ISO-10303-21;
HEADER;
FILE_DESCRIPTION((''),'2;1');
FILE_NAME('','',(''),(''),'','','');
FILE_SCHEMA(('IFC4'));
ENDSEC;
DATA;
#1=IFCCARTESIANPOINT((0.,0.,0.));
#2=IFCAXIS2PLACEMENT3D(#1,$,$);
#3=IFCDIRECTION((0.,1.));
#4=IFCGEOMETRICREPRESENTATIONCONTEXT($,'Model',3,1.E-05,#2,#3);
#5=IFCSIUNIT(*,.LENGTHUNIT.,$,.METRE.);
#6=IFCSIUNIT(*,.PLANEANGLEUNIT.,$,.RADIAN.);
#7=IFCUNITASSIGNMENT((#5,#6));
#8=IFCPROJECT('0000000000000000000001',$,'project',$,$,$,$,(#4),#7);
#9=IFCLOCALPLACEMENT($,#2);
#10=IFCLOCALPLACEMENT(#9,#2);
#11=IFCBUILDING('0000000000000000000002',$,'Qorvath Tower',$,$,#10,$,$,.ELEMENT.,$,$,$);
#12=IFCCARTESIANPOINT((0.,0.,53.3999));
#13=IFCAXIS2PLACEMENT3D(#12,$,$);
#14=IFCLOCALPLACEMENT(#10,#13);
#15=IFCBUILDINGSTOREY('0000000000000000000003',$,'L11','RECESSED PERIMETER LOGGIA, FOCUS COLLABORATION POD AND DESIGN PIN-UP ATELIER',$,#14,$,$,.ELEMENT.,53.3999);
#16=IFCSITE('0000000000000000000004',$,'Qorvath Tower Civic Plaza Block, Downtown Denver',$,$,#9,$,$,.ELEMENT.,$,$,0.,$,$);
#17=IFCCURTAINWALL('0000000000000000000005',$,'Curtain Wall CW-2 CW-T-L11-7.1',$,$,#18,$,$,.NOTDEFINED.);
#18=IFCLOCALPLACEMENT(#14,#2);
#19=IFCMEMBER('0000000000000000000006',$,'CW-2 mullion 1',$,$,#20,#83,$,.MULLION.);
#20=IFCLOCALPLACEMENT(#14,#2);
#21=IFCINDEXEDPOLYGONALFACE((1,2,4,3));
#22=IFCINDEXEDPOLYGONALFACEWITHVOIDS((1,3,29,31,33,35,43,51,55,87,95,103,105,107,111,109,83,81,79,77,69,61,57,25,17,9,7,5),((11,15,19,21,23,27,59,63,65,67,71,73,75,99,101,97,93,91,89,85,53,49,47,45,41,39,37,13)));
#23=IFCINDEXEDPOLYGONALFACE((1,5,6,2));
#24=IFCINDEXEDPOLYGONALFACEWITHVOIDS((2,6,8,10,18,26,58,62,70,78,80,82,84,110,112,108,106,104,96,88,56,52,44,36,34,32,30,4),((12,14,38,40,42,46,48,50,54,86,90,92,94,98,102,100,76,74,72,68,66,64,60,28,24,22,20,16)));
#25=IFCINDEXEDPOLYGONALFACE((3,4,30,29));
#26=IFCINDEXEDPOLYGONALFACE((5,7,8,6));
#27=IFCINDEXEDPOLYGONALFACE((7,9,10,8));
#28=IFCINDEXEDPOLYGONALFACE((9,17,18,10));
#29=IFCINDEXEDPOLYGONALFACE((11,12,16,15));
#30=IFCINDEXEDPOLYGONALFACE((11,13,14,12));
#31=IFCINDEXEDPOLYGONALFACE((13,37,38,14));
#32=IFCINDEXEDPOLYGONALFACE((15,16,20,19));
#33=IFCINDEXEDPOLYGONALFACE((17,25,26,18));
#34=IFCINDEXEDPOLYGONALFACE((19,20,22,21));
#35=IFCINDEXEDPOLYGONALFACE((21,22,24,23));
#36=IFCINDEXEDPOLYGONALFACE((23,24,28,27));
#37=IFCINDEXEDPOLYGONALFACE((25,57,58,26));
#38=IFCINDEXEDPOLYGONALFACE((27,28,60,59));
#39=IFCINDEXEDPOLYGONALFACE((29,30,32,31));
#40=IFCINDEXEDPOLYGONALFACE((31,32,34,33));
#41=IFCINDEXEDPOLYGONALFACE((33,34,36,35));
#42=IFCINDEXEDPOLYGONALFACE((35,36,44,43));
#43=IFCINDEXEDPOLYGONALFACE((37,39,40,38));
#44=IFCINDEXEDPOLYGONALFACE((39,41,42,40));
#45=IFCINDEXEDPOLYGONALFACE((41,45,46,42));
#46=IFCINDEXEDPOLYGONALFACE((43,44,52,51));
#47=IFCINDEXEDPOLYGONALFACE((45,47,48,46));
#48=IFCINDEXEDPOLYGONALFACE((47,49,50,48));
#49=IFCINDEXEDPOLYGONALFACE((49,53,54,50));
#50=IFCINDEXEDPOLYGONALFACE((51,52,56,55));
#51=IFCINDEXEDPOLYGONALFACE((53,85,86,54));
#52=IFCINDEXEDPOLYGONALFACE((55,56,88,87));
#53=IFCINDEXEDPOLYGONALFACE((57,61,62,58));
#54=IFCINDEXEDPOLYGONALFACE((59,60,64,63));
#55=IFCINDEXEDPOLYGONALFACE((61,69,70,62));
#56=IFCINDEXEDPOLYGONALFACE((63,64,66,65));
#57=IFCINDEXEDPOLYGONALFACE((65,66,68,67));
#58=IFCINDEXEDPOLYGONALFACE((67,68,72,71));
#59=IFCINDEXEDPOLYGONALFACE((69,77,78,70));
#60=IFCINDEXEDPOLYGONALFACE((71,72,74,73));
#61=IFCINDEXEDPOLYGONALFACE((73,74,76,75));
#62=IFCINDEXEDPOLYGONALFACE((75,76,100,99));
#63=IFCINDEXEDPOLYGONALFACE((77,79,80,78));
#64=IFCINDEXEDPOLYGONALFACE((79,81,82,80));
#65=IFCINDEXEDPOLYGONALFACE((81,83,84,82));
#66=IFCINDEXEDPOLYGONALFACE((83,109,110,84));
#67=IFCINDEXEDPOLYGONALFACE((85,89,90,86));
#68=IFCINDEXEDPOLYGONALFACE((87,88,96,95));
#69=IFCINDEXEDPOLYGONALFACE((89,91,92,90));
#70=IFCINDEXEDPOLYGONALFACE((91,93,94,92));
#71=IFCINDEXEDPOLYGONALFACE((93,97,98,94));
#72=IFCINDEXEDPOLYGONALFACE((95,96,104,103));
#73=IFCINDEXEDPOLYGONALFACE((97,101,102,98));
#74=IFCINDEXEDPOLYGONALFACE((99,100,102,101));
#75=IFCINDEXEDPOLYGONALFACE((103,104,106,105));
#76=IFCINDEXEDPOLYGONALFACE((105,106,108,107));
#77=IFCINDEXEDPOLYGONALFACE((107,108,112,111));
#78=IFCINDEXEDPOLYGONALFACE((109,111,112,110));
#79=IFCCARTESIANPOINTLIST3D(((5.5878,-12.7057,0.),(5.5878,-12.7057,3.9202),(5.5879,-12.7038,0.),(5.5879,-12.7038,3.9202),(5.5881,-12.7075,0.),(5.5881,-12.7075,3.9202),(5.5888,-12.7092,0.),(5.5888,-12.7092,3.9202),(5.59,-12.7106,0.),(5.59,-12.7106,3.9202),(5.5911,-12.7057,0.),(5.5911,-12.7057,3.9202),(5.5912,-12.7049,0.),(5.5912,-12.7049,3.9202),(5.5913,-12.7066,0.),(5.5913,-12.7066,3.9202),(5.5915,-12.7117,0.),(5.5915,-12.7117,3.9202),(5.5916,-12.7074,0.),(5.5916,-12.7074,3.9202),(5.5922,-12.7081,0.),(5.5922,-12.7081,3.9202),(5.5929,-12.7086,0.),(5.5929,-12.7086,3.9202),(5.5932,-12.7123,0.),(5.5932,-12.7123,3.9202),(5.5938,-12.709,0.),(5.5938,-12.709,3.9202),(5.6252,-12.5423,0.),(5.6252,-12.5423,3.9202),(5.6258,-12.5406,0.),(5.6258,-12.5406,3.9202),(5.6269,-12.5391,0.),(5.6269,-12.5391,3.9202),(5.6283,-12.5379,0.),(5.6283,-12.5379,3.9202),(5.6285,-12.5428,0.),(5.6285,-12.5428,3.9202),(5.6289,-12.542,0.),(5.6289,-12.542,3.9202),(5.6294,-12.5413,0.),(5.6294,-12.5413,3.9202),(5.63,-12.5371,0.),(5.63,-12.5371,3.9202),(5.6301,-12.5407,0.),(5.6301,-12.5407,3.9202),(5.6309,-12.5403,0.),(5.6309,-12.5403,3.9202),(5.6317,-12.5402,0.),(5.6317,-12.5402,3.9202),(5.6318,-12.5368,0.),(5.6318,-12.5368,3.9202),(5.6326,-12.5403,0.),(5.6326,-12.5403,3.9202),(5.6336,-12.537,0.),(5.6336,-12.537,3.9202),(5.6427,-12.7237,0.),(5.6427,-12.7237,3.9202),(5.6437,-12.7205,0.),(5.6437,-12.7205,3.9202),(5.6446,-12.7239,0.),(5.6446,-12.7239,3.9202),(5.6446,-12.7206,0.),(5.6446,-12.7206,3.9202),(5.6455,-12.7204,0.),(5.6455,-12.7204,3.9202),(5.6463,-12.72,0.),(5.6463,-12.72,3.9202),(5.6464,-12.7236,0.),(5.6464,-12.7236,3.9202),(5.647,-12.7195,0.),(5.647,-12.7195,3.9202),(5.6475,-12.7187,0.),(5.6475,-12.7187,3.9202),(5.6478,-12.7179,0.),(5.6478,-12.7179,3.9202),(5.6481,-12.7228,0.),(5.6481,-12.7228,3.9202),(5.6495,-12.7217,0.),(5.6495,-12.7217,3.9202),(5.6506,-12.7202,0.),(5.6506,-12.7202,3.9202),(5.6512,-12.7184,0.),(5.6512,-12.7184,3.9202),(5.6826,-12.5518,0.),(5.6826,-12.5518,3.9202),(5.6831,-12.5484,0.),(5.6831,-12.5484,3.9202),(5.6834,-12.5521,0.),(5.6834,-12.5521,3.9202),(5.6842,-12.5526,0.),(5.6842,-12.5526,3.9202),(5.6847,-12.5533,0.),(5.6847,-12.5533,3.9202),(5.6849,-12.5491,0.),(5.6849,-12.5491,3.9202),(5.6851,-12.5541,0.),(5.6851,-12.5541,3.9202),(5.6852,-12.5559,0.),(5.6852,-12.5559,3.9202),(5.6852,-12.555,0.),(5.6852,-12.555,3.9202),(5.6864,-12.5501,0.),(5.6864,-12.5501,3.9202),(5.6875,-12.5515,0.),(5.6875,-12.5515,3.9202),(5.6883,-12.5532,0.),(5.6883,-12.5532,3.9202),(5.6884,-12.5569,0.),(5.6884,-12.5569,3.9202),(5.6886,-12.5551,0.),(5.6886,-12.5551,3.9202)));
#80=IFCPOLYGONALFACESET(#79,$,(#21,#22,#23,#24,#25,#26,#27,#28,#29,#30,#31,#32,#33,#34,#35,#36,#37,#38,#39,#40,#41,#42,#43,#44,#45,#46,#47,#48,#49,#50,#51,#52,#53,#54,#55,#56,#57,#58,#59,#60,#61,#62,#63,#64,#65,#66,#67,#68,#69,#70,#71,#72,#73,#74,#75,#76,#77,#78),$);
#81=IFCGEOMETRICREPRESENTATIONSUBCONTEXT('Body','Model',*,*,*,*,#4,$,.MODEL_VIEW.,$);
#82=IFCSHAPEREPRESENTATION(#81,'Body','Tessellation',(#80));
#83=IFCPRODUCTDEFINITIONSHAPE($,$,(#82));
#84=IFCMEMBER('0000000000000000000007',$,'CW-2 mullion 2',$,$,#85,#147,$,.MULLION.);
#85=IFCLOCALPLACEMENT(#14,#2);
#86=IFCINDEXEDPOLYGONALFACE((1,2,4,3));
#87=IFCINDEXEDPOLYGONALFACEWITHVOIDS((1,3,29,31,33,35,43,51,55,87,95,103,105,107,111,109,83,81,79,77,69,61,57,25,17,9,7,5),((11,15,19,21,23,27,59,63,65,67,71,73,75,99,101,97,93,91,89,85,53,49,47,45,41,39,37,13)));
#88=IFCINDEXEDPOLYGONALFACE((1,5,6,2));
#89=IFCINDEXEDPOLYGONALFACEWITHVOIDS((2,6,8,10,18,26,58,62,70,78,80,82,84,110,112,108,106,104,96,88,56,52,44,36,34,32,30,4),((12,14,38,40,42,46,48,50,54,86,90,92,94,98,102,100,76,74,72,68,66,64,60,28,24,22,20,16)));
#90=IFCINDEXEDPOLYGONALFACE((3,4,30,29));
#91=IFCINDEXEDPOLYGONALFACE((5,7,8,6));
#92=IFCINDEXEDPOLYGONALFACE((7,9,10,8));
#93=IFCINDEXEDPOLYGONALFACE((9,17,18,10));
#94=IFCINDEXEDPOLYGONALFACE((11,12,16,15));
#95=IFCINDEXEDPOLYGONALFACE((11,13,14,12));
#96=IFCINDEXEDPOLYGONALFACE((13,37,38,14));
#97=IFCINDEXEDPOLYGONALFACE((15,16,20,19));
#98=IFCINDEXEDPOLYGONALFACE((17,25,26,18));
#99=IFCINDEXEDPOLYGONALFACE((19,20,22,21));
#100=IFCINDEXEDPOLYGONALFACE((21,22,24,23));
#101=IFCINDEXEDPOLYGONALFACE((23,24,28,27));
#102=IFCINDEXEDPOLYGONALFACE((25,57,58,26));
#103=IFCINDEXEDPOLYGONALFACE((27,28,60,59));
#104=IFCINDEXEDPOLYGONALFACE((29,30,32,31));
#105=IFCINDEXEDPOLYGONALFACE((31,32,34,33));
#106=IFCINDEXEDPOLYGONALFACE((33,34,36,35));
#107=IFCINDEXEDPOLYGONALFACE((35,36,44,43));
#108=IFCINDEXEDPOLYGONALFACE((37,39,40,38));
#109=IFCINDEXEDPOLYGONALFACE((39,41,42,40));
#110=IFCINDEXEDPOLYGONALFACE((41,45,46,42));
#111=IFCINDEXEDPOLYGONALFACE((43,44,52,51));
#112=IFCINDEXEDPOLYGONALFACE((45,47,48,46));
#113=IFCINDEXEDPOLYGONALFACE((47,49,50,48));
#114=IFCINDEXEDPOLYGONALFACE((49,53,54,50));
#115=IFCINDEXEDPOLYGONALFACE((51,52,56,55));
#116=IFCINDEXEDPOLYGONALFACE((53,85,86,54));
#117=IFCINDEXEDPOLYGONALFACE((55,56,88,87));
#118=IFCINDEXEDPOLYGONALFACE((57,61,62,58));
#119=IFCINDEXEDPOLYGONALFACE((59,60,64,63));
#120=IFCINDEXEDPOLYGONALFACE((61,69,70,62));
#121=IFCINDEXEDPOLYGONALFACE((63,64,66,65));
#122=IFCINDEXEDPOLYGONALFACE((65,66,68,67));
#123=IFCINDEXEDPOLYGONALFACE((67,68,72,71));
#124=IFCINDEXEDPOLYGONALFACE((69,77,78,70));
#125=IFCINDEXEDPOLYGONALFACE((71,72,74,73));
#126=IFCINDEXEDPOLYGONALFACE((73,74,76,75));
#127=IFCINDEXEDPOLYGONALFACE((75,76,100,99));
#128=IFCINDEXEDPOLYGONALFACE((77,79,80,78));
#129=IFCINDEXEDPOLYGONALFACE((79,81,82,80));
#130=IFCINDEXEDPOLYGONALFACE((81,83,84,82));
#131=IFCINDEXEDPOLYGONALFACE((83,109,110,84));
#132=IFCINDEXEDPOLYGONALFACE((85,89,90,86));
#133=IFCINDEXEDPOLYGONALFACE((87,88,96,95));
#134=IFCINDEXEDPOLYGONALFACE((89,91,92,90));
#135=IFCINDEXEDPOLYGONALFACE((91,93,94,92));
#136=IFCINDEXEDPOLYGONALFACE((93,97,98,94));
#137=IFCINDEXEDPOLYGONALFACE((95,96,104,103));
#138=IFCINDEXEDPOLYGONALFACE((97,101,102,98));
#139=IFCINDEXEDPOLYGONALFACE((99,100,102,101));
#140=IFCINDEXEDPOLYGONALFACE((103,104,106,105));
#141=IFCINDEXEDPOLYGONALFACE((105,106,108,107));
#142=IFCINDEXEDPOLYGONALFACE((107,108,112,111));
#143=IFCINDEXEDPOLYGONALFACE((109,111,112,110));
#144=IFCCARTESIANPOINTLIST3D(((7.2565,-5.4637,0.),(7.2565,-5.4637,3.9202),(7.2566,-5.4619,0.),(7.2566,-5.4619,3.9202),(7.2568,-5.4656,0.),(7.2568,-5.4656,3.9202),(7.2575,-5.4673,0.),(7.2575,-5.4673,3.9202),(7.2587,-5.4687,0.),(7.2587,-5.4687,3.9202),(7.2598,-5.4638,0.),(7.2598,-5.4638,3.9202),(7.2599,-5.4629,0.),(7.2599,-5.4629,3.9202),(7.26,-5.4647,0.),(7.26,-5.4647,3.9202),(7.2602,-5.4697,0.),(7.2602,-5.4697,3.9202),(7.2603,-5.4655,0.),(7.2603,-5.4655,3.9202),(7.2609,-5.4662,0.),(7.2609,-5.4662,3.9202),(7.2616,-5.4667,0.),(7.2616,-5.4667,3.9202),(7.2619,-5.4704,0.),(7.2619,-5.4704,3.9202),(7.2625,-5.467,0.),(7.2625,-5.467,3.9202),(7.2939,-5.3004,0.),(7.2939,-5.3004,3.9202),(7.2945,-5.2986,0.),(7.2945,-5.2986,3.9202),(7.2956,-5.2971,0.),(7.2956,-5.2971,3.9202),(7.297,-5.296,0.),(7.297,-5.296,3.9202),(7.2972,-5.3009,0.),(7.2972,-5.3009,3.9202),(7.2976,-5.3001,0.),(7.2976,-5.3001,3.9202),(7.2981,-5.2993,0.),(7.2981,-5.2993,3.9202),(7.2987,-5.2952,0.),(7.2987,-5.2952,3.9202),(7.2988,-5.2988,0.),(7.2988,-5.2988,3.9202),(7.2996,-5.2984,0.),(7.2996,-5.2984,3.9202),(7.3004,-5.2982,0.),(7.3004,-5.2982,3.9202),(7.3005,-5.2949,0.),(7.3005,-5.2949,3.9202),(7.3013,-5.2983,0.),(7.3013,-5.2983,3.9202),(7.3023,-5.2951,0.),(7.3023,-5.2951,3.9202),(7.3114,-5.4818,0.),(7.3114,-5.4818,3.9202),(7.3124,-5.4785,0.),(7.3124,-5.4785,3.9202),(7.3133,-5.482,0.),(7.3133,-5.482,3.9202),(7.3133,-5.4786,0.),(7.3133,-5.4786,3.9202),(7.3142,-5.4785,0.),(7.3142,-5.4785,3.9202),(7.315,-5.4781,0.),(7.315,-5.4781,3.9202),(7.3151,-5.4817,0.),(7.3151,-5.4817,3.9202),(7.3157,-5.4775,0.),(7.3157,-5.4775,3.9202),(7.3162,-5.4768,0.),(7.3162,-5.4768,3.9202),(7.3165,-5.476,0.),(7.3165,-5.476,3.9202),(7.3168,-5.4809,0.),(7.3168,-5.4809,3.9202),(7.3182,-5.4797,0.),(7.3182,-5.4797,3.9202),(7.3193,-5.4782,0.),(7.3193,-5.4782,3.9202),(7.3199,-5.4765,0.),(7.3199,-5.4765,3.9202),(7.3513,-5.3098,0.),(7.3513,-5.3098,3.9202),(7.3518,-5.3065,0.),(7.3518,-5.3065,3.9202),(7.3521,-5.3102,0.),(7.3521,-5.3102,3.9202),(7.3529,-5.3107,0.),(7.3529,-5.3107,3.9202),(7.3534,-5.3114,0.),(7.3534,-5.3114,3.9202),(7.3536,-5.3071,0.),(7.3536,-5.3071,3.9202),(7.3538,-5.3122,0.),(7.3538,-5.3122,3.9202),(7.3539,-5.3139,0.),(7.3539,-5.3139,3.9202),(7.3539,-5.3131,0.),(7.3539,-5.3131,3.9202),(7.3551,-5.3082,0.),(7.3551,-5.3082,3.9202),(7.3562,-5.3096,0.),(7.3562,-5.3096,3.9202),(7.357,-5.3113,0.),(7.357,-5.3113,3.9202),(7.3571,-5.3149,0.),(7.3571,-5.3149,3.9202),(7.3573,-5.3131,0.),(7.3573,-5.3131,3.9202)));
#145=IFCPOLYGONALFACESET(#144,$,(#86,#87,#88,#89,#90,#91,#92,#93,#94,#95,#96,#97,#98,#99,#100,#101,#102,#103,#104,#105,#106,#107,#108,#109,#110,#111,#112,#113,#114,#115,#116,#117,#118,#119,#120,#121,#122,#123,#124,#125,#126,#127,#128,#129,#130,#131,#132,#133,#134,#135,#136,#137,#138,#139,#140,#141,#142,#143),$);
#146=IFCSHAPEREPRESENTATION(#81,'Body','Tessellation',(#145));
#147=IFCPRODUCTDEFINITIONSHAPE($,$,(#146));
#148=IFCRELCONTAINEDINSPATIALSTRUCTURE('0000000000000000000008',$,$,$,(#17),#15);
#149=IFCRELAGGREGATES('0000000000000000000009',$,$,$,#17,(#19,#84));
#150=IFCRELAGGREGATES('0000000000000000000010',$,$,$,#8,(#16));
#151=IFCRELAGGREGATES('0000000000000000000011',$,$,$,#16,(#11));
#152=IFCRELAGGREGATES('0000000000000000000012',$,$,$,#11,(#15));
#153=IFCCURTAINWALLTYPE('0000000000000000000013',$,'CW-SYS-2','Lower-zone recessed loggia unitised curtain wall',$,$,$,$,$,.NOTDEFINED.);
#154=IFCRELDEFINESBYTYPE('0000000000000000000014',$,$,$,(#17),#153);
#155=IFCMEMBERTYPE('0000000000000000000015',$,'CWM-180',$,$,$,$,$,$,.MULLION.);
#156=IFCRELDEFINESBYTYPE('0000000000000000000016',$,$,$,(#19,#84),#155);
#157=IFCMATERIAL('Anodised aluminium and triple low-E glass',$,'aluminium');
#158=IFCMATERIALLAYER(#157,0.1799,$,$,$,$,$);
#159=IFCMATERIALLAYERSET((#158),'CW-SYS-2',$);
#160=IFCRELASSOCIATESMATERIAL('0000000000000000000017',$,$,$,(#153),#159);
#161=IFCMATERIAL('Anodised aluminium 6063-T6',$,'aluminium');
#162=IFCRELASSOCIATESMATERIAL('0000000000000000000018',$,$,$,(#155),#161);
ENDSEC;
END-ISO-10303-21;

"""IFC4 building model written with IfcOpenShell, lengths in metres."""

from ifc_helpers import new_model, si_unit, direction, frame, origin, origin_2d, place, context, subcontext, project, spatial, hollow_rectangle, extrude, material, layer, layer_set, material_profile, profile_set, type_object, element, aggregate, save


model = new_model("IFC4")

# Units and contexts
model_context = context("Model", 3, precision=1e-05, world=origin(), true_north=direction((0.0, 1.0)))
body_context = subcontext(model_context, "Body", "Model", "MODEL_VIEW")
ifc_project = project(units=[si_unit("LENGTHUNIT", "METRE"), si_unit("PLANEANGLEUNIT", "RADIAN")], contexts=[model_context])

# Site, building, storey
site_placement = place(None, origin())
site = spatial("IfcSite", under=ifc_project, at=site_placement, Name="Qorvath Tower Civic Plaza Block, Downtown Denver", CompositionType="ELEMENT", RefElevation=0.0)
building_placement = place(site_placement, origin())
building = spatial("IfcBuilding", under=site, at=building_placement, Name="Qorvath Tower", CompositionType="ELEMENT")
storey_placement = place(building_placement, frame((0.0, 0.0, 53.3999)))
storey = spatial("IfcBuildingStorey", under=building, at=storey_placement, Name="L11", Description="RECESSED PERIMETER LOGGIA, FOCUS COLLABORATION POD AND DESIGN PIN-UP ATELIER", CompositionType="ELEMENT", Elevation=53.3999)

# Curtain wall, members
ifc_material_1 = material(Name="Anodised aluminium and triple low-E glass", Category="aluminium")
ifc_layer_1 = layer(ifc_material_1, 0.1799)
ifc_layer_set_1 = layer_set([ifc_layer_1], Name="CW-SYS-2")
curtain_wall_type = type_object("IfcCurtainWallType", Name="CW-SYS-2", Description="Lower-zone recessed loggia unitised curtain wall", PredefinedType="NOTDEFINED", material=ifc_layer_set_1)
ifc_material_2 = material(Name="Anodised aluminium 6063-T6", Category="aluminium")
ifc_material_profile_1 = material_profile(ifc_material_2, hollow_rectangle(XDim=0.0649, YDim=0.1799, WallThickness=0.0034, InnerFilletRadius=0.0034, OuterFilletRadius=0.0071, at=origin_2d()), Name="CWM 180x65")
ifc_profile_set_1 = profile_set([ifc_material_profile_1], Name="Anodised aluminium 6063-T6")
member_type_1 = type_object("IfcMemberType", Name="CWM-180", PredefinedType="MULLION", material=ifc_profile_set_1)
curtain_wall_1_placement = place(storey_placement, origin())
curtain_wall_1 = element("IfcCurtainWall", 1, at=curtain_wall_1_placement, inside=storey, type_object=curtain_wall_type, Name="Curtain Wall CW-2 CW-T-L11-7.1", PredefinedType="NOTDEFINED")
member_1_placement = place(storey_placement, frame((5.6382, -12.6304, 0.0), z_axis=(0.0, 0.0, 1.0), x_axis=(-0.974466, 0.224535, 0.0)))
member_1 = element("IfcMember", 2, at=member_1_placement, type_object=member_type_1, Name="CW-2 mullion 1", PredefinedType="MULLION", context=body_context, shape_type="SweptSolid", body=[
    extrude(hollow_rectangle(XDim=0.0649, YDim=0.1799, WallThickness=0.0034, InnerFilletRadius=0.0034, OuterFilletRadius=0.0071, at=origin_2d()), origin(), (0.0, 0.0, 1.0), 3.9202),
])
member_2_placement = place(storey_placement, frame((7.3069, -5.3884, 0.0), z_axis=(0.0, 0.0, 1.0), x_axis=(-0.974466, 0.224535, 0.0)))
member_2 = element("IfcMember", 3, at=member_2_placement, type_object=member_type_1, Name="CW-2 mullion 2", PredefinedType="MULLION", context=body_context, shape_type="SweptSolid", body=[
    extrude(hollow_rectangle(XDim=0.0649, YDim=0.1799, WallThickness=0.0034, InnerFilletRadius=0.0034, OuterFilletRadius=0.0071, at=origin_2d()), origin(), (0.0, 0.0, 1.0), 3.9202),
])

aggregate(curtain_wall_1, [member_1, member_2])

save(model, "model.ifc")
